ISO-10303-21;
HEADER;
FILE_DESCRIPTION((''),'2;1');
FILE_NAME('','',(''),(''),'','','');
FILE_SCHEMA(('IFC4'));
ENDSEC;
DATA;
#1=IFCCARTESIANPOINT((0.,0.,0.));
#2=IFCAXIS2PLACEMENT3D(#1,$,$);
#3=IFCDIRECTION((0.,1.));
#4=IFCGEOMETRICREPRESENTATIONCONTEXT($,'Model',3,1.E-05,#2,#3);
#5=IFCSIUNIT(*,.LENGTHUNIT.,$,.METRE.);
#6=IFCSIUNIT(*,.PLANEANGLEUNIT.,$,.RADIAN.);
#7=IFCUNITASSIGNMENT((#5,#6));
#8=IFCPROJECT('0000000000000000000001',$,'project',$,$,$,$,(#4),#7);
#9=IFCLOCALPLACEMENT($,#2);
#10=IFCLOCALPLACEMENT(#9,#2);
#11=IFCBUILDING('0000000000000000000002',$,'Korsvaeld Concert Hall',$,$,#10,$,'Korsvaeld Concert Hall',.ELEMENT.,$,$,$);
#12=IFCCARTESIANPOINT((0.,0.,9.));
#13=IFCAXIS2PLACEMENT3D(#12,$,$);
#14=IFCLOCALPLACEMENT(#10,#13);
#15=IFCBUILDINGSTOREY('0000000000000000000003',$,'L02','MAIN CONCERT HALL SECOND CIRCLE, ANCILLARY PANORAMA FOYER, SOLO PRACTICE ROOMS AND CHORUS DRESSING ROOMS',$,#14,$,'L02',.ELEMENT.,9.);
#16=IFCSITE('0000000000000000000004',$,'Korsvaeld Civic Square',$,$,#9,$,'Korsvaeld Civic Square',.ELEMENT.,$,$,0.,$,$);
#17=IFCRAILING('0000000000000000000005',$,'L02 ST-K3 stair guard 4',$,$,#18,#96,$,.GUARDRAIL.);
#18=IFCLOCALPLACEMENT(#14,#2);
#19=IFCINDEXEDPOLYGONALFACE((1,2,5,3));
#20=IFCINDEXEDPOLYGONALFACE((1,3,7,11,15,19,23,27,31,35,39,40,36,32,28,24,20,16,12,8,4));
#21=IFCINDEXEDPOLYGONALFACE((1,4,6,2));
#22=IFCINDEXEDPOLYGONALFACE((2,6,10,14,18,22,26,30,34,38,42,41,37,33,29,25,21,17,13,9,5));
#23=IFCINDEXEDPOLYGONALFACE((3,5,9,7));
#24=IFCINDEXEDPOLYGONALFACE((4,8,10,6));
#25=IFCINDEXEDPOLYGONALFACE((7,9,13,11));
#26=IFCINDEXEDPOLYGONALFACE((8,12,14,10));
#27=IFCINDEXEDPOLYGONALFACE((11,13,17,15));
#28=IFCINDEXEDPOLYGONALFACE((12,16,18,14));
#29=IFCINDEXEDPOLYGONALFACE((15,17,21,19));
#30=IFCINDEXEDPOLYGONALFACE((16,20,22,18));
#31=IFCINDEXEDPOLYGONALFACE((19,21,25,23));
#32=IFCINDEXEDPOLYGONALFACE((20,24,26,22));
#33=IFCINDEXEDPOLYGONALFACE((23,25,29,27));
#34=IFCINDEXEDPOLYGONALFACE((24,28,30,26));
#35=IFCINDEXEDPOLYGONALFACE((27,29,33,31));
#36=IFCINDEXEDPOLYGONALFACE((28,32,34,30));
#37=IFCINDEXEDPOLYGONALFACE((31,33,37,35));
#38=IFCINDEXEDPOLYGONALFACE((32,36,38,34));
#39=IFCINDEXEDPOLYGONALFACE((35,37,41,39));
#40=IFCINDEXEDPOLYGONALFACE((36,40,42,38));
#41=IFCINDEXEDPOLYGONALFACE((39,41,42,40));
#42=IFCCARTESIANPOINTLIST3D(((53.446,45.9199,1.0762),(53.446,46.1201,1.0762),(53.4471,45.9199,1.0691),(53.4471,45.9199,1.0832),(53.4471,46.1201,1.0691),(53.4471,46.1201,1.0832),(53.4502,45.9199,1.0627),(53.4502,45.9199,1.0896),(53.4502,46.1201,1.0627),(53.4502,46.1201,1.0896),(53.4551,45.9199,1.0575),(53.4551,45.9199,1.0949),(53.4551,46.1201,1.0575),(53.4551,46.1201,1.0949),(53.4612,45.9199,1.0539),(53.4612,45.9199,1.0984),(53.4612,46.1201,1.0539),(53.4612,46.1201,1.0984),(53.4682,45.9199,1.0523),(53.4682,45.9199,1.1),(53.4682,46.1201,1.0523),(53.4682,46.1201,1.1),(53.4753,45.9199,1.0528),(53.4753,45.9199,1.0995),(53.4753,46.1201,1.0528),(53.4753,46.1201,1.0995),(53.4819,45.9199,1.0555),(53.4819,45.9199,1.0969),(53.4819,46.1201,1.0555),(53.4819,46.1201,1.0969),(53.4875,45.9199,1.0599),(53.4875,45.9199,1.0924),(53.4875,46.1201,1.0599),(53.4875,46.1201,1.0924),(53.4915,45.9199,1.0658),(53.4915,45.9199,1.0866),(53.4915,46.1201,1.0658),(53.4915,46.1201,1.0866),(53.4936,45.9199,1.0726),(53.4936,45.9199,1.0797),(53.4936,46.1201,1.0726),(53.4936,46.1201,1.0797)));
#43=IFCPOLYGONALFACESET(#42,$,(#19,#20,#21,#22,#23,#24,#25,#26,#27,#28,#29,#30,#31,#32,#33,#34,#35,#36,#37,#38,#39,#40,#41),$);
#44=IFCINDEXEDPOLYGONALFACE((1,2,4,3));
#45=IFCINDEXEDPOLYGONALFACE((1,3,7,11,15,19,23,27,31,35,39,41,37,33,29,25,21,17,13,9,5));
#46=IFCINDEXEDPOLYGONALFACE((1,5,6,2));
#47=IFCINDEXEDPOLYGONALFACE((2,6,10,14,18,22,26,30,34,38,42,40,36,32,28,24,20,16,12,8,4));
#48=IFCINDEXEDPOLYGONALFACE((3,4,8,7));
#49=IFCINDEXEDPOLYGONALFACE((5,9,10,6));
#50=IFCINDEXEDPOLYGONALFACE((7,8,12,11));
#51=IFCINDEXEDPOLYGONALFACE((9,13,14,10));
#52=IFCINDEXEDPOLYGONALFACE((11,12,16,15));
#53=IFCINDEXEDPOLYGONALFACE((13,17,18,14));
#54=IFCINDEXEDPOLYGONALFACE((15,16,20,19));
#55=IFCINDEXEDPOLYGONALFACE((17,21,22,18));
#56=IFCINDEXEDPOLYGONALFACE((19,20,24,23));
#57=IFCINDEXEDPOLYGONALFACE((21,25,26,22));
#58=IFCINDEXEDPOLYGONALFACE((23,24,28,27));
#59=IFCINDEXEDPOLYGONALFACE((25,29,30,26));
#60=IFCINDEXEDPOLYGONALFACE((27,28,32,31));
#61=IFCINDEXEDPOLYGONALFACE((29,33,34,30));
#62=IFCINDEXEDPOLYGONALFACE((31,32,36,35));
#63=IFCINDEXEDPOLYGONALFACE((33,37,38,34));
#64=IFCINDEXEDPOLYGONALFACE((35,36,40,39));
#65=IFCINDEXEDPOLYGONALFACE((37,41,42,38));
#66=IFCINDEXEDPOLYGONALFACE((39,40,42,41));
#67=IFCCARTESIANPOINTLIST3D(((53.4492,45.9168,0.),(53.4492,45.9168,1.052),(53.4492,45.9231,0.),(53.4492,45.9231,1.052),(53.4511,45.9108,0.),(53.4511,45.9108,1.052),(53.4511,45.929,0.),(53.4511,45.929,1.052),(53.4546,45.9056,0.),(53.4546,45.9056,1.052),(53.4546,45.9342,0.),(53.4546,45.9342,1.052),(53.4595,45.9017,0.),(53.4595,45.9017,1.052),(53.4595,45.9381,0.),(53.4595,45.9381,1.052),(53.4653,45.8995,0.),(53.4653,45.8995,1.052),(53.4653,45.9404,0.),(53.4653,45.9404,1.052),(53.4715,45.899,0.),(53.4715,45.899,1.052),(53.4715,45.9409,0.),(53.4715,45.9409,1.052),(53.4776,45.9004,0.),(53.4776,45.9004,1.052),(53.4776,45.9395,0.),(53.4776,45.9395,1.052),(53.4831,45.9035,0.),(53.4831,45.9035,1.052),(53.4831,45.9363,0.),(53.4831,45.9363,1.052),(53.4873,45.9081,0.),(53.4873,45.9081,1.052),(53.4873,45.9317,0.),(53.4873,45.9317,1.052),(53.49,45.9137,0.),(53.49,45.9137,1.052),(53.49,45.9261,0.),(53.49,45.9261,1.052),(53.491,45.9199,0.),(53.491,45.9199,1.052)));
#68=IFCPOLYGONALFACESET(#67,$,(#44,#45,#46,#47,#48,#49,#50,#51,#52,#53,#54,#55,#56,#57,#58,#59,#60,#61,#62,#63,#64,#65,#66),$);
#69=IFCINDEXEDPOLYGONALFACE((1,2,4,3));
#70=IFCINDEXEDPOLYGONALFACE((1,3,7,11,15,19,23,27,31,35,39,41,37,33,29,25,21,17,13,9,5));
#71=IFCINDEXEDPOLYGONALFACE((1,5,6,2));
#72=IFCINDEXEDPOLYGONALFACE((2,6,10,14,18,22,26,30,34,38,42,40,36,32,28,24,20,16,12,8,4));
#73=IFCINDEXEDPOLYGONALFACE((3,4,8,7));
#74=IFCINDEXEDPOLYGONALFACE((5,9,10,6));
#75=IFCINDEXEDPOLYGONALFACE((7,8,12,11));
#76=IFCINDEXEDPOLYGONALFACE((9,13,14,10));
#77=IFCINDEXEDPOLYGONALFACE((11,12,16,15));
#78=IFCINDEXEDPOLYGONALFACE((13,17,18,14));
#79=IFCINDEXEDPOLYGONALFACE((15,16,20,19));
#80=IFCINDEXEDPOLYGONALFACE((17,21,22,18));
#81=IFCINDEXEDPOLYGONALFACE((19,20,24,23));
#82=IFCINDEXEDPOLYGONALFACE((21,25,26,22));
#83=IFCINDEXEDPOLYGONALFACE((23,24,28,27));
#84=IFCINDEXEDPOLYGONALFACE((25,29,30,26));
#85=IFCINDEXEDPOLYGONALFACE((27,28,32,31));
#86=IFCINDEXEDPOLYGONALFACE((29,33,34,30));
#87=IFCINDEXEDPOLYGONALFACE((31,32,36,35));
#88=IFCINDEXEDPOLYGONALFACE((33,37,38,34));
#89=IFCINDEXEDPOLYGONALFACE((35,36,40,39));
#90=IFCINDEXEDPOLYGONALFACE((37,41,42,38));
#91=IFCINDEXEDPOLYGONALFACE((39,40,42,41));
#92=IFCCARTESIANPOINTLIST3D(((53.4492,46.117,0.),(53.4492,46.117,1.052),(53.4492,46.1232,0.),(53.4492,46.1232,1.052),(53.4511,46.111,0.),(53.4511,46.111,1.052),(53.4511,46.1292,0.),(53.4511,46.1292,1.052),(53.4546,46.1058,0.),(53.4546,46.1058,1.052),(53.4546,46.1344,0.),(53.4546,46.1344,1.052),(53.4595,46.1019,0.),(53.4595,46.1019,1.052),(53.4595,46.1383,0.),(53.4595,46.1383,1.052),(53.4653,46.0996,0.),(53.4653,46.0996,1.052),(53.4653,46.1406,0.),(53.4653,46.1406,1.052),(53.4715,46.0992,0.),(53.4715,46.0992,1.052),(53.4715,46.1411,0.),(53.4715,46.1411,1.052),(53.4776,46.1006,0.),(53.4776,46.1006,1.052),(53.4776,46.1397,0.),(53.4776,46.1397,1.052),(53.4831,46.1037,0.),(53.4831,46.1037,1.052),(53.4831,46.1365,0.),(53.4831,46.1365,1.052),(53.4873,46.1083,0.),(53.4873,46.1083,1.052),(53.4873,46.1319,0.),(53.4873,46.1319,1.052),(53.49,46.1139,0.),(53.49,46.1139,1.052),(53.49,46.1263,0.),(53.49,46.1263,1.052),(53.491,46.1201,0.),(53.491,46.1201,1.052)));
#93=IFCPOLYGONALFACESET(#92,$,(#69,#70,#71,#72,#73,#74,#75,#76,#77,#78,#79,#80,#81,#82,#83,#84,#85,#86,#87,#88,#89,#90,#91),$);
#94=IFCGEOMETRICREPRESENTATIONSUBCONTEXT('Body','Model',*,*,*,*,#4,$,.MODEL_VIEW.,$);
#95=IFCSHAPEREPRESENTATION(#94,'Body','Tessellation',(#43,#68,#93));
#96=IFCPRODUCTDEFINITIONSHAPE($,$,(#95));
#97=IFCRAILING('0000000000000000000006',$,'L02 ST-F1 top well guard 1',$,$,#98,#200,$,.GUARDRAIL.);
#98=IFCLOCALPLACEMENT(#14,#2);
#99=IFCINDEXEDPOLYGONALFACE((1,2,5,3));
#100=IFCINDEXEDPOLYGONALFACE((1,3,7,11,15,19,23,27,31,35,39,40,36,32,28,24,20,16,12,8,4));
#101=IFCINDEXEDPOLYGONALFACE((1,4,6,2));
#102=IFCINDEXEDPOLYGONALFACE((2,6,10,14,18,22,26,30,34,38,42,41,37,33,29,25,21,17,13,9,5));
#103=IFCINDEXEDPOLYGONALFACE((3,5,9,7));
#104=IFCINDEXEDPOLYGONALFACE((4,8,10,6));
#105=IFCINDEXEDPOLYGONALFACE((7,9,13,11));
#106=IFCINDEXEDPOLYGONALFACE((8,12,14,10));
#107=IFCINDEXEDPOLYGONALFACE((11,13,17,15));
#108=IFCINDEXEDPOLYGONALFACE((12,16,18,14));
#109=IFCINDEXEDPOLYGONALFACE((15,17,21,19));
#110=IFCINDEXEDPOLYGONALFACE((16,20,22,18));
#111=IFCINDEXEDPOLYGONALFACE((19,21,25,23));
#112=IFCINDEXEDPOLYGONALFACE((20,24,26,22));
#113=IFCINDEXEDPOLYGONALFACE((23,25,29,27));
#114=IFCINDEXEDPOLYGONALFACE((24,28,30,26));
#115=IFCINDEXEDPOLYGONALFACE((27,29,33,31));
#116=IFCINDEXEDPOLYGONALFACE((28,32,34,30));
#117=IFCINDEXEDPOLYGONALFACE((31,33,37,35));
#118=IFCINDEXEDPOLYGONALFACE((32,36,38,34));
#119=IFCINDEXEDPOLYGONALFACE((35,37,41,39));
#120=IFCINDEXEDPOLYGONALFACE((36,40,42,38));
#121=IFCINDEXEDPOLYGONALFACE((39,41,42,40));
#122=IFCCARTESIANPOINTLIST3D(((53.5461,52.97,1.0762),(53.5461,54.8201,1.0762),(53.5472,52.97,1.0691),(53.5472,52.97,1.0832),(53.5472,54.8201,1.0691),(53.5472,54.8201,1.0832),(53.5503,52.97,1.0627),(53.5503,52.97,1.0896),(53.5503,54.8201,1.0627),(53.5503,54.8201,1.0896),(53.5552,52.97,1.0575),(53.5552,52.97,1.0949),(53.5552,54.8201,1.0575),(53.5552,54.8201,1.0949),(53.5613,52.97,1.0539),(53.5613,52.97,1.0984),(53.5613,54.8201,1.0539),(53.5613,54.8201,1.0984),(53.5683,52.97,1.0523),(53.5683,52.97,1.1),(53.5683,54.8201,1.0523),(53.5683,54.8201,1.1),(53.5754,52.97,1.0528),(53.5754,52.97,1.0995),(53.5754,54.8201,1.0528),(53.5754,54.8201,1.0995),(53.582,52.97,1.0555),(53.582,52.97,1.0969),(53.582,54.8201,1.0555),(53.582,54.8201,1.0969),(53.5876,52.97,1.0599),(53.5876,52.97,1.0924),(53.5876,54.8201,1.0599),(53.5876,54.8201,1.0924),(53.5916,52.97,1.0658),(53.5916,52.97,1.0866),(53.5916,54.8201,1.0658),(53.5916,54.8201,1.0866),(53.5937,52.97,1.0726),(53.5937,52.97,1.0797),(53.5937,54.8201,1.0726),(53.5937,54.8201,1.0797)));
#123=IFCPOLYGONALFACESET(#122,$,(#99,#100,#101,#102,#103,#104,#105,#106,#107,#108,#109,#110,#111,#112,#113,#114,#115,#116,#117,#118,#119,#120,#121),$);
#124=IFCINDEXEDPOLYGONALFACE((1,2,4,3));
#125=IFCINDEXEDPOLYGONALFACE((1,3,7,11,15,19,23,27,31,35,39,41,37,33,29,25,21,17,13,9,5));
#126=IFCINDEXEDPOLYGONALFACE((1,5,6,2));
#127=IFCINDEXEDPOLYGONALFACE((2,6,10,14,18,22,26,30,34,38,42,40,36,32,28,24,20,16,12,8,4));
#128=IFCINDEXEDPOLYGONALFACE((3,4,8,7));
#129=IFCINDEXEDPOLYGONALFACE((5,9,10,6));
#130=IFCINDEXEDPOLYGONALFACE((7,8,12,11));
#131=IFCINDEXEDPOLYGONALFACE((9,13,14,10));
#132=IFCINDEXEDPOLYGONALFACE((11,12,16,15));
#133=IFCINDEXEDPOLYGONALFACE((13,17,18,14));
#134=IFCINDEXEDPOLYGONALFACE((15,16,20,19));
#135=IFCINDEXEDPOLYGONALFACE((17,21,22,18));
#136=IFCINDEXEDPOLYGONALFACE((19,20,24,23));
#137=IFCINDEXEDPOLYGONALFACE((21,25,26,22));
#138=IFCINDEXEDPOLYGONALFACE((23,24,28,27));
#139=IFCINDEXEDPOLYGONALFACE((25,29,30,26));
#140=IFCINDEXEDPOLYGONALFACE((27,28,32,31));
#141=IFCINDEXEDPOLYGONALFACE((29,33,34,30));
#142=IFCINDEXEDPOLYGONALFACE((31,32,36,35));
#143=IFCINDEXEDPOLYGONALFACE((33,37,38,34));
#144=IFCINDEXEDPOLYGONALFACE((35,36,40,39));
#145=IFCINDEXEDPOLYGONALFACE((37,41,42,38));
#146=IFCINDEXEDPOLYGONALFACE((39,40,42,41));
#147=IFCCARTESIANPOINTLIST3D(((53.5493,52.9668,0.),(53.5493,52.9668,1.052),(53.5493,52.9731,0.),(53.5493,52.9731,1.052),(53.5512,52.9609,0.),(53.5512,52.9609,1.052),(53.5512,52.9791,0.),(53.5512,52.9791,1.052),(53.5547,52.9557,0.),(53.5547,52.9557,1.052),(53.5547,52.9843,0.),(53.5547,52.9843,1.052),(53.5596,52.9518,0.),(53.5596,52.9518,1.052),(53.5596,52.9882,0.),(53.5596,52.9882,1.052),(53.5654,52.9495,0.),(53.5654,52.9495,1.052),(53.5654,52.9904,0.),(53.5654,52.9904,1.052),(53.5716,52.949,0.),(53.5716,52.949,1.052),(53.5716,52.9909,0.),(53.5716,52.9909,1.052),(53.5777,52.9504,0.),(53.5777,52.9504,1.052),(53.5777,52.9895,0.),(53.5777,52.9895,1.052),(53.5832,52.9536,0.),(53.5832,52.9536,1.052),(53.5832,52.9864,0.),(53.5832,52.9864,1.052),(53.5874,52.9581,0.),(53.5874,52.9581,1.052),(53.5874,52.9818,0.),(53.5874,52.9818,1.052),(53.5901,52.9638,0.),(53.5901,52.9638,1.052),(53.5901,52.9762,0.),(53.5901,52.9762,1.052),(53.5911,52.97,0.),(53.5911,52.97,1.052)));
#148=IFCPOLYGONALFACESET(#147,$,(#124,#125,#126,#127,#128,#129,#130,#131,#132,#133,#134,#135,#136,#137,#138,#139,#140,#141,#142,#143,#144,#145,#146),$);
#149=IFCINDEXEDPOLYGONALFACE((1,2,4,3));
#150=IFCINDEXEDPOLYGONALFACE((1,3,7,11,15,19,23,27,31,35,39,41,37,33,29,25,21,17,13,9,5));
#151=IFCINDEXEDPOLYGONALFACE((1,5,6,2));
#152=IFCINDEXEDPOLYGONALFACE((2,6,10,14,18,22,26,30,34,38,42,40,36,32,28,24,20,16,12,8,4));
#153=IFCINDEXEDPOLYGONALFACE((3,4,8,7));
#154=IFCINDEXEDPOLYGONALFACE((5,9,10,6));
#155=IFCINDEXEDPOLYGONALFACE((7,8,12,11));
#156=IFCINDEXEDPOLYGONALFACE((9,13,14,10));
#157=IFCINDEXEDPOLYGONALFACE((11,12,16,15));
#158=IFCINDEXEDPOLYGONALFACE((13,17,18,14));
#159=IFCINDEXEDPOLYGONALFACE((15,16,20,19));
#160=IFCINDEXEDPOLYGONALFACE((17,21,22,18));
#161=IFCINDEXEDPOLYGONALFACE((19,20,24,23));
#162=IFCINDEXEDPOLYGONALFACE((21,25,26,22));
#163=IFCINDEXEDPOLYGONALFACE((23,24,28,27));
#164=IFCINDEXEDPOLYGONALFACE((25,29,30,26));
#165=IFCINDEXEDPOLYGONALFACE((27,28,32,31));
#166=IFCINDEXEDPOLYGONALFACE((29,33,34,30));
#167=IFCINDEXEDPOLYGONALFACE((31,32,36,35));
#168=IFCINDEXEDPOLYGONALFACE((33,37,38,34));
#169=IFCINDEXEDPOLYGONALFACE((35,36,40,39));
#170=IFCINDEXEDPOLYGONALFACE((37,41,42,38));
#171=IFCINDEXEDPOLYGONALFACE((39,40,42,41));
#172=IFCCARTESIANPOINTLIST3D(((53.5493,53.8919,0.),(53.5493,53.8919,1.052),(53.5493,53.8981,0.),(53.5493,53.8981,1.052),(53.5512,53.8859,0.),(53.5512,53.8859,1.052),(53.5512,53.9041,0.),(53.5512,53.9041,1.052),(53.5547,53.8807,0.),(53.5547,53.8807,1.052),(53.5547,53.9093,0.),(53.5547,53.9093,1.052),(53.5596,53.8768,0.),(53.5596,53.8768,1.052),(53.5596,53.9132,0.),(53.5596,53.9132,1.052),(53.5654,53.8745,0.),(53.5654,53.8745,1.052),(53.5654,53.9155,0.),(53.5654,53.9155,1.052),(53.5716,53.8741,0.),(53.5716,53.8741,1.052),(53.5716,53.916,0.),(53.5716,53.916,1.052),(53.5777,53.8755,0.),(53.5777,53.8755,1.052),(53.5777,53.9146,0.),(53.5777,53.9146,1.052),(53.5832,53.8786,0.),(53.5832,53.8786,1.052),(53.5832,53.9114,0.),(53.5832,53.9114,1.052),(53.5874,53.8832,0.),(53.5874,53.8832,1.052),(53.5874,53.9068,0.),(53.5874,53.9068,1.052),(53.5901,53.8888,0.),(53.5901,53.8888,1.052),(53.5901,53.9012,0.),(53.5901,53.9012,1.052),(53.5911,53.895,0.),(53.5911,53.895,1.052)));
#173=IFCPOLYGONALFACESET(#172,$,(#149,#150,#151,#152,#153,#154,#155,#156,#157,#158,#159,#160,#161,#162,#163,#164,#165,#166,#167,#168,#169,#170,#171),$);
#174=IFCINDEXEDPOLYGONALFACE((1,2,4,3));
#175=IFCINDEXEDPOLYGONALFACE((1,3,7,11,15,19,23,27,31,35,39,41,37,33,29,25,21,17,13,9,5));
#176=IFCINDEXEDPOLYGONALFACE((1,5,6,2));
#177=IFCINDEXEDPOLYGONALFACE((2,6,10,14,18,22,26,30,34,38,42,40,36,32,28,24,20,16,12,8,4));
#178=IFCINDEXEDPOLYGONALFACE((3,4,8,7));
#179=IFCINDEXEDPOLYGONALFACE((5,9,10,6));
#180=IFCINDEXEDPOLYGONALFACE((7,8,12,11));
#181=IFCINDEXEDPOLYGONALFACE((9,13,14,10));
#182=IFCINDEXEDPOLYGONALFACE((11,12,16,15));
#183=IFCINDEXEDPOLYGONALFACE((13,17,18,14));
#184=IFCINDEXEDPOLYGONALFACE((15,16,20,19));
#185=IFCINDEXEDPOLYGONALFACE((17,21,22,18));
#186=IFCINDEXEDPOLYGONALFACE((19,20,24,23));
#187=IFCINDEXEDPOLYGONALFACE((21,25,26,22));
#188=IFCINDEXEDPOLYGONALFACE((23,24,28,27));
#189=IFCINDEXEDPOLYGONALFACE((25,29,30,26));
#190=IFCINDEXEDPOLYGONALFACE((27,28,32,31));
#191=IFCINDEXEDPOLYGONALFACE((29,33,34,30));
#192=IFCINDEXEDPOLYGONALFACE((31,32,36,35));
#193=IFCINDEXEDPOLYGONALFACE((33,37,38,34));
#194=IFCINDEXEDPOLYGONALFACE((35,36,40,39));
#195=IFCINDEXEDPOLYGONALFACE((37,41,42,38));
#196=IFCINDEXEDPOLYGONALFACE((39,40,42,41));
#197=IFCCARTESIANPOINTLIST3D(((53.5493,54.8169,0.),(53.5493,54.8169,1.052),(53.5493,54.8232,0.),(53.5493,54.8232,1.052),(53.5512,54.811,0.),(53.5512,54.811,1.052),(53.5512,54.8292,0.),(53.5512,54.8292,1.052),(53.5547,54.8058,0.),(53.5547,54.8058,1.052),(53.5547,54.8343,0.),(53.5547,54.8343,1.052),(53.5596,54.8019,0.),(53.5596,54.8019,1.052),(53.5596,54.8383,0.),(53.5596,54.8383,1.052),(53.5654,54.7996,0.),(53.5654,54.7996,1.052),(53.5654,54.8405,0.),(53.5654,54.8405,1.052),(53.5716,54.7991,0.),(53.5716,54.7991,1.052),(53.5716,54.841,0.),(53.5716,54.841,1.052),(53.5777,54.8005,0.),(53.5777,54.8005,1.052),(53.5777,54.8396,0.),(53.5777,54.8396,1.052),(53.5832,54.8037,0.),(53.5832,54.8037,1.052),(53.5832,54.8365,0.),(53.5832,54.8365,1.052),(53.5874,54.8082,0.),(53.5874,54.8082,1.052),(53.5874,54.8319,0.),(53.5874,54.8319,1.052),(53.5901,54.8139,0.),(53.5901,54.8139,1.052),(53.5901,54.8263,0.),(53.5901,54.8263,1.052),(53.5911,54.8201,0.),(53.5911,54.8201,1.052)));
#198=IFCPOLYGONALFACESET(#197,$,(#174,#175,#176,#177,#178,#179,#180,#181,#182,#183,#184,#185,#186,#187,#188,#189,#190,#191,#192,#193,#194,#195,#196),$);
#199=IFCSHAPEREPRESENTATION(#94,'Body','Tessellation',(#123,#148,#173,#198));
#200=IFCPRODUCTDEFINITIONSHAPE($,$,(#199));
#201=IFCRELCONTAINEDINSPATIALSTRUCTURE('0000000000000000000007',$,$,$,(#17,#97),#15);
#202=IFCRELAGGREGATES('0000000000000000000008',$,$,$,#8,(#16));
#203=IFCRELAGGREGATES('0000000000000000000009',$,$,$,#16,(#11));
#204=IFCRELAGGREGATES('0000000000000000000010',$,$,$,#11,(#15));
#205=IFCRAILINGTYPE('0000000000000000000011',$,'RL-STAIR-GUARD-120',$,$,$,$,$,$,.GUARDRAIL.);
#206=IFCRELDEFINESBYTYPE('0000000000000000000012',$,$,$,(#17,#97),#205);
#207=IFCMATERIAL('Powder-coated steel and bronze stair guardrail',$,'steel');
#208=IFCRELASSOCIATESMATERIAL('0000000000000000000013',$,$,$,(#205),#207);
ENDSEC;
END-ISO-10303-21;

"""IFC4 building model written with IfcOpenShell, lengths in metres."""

from ifc_helpers import new_model, si_unit, direction, frame, origin, origin_2d, place, context, subcontext, project, spatial, circle, extrude, material, type_object, element, save


model = new_model("IFC4")

# Units and contexts
model_context = context("Model", 3, precision=1e-05, world=origin(), true_north=direction((0.0, 1.0)))
body_context = subcontext(model_context, "Body", "Model", "MODEL_VIEW")
ifc_project = project(units=[si_unit("LENGTHUNIT", "METRE"), si_unit("PLANEANGLEUNIT", "RADIAN")], contexts=[model_context])

# Site, building, storey
site_placement = place(None, origin())
site = spatial("IfcSite", under=ifc_project, at=site_placement, Name="Korsvaeld Civic Square", LongName="Korsvaeld Civic Square", CompositionType="ELEMENT", RefElevation=0.0)
building_placement = place(site_placement, origin())
building = spatial("IfcBuilding", under=site, at=building_placement, Name="Korsvaeld Concert Hall", LongName="Korsvaeld Concert Hall", CompositionType="ELEMENT")
storey_placement = place(building_placement, frame((0.0, 0.0, 9.0)))
storey = spatial("IfcBuildingStorey", under=building, at=storey_placement, Name="L02", Description="MAIN CONCERT HALL SECOND CIRCLE, ANCILLARY PANORAMA FOYER, SOLO PRACTICE ROOMS AND CHORUS DRESSING ROOMS", LongName="L02", CompositionType="ELEMENT", Elevation=9.0)

# Railings
ifc_material_1 = material(Name="Powder-coated steel and bronze stair guardrail", Category="steel")
railing_type_1 = type_object("IfcRailingType", Name="RL-STAIR-GUARD-120", PredefinedType="GUARDRAIL", material=ifc_material_1)
railing_1_placement = place(storey_placement, frame((53.47, 45.9199, 0.0)))
element("IfcRailing", 1, at=railing_1_placement, inside=storey, type_object=railing_type_1, Name="L02 ST-K3 stair guard 4", PredefinedType="GUARDRAIL", context=body_context, shape_type="SweptSolid", body=[
    extrude(circle(Radius=0.0239, at=origin_2d()), frame((0.0, 0.0, 1.0762), z_axis=(0.0, 1.0, 0.0), x_axis=(-1.0, 0.0, 0.0)), (0.0, 0.0, 1.0), 0.2002),
    extrude(circle(Radius=0.021, at=origin_2d()), origin(), (0.0, 0.0, 1.0), 1.052),
    extrude(circle(Radius=0.021, at=origin_2d()), frame((0.0, 0.2002, 0.0)), (0.0, 0.0, 1.0), 1.052),
])
railing_2_placement = place(storey_placement, frame((53.5701, 52.97, 0.0)))
element("IfcRailing", 2, at=railing_2_placement, inside=storey, type_object=railing_type_1, Name="L02 ST-F1 top well guard 1", PredefinedType="GUARDRAIL", context=body_context, shape_type="SweptSolid", body=[
    extrude(circle(Radius=0.0239, at=origin_2d()), frame((0.0, 0.0, 1.0762), z_axis=(0.0, 1.0, 0.0), x_axis=(-1.0, 0.0, 0.0)), (0.0, 0.0, 1.0), 1.8501),
    extrude(circle(Radius=0.021, at=origin_2d()), origin(), (0.0, 0.0, 1.0), 1.052),
    extrude(circle(Radius=0.021, at=origin_2d()), frame((0.0, 0.925, 0.0)), (0.0, 0.0, 1.0), 1.052),
    extrude(circle(Radius=0.021, at=origin_2d()), frame((0.0, 1.8501, 0.0)), (0.0, 0.0, 1.0), 1.052),
])

save(model, "model.ifc")
